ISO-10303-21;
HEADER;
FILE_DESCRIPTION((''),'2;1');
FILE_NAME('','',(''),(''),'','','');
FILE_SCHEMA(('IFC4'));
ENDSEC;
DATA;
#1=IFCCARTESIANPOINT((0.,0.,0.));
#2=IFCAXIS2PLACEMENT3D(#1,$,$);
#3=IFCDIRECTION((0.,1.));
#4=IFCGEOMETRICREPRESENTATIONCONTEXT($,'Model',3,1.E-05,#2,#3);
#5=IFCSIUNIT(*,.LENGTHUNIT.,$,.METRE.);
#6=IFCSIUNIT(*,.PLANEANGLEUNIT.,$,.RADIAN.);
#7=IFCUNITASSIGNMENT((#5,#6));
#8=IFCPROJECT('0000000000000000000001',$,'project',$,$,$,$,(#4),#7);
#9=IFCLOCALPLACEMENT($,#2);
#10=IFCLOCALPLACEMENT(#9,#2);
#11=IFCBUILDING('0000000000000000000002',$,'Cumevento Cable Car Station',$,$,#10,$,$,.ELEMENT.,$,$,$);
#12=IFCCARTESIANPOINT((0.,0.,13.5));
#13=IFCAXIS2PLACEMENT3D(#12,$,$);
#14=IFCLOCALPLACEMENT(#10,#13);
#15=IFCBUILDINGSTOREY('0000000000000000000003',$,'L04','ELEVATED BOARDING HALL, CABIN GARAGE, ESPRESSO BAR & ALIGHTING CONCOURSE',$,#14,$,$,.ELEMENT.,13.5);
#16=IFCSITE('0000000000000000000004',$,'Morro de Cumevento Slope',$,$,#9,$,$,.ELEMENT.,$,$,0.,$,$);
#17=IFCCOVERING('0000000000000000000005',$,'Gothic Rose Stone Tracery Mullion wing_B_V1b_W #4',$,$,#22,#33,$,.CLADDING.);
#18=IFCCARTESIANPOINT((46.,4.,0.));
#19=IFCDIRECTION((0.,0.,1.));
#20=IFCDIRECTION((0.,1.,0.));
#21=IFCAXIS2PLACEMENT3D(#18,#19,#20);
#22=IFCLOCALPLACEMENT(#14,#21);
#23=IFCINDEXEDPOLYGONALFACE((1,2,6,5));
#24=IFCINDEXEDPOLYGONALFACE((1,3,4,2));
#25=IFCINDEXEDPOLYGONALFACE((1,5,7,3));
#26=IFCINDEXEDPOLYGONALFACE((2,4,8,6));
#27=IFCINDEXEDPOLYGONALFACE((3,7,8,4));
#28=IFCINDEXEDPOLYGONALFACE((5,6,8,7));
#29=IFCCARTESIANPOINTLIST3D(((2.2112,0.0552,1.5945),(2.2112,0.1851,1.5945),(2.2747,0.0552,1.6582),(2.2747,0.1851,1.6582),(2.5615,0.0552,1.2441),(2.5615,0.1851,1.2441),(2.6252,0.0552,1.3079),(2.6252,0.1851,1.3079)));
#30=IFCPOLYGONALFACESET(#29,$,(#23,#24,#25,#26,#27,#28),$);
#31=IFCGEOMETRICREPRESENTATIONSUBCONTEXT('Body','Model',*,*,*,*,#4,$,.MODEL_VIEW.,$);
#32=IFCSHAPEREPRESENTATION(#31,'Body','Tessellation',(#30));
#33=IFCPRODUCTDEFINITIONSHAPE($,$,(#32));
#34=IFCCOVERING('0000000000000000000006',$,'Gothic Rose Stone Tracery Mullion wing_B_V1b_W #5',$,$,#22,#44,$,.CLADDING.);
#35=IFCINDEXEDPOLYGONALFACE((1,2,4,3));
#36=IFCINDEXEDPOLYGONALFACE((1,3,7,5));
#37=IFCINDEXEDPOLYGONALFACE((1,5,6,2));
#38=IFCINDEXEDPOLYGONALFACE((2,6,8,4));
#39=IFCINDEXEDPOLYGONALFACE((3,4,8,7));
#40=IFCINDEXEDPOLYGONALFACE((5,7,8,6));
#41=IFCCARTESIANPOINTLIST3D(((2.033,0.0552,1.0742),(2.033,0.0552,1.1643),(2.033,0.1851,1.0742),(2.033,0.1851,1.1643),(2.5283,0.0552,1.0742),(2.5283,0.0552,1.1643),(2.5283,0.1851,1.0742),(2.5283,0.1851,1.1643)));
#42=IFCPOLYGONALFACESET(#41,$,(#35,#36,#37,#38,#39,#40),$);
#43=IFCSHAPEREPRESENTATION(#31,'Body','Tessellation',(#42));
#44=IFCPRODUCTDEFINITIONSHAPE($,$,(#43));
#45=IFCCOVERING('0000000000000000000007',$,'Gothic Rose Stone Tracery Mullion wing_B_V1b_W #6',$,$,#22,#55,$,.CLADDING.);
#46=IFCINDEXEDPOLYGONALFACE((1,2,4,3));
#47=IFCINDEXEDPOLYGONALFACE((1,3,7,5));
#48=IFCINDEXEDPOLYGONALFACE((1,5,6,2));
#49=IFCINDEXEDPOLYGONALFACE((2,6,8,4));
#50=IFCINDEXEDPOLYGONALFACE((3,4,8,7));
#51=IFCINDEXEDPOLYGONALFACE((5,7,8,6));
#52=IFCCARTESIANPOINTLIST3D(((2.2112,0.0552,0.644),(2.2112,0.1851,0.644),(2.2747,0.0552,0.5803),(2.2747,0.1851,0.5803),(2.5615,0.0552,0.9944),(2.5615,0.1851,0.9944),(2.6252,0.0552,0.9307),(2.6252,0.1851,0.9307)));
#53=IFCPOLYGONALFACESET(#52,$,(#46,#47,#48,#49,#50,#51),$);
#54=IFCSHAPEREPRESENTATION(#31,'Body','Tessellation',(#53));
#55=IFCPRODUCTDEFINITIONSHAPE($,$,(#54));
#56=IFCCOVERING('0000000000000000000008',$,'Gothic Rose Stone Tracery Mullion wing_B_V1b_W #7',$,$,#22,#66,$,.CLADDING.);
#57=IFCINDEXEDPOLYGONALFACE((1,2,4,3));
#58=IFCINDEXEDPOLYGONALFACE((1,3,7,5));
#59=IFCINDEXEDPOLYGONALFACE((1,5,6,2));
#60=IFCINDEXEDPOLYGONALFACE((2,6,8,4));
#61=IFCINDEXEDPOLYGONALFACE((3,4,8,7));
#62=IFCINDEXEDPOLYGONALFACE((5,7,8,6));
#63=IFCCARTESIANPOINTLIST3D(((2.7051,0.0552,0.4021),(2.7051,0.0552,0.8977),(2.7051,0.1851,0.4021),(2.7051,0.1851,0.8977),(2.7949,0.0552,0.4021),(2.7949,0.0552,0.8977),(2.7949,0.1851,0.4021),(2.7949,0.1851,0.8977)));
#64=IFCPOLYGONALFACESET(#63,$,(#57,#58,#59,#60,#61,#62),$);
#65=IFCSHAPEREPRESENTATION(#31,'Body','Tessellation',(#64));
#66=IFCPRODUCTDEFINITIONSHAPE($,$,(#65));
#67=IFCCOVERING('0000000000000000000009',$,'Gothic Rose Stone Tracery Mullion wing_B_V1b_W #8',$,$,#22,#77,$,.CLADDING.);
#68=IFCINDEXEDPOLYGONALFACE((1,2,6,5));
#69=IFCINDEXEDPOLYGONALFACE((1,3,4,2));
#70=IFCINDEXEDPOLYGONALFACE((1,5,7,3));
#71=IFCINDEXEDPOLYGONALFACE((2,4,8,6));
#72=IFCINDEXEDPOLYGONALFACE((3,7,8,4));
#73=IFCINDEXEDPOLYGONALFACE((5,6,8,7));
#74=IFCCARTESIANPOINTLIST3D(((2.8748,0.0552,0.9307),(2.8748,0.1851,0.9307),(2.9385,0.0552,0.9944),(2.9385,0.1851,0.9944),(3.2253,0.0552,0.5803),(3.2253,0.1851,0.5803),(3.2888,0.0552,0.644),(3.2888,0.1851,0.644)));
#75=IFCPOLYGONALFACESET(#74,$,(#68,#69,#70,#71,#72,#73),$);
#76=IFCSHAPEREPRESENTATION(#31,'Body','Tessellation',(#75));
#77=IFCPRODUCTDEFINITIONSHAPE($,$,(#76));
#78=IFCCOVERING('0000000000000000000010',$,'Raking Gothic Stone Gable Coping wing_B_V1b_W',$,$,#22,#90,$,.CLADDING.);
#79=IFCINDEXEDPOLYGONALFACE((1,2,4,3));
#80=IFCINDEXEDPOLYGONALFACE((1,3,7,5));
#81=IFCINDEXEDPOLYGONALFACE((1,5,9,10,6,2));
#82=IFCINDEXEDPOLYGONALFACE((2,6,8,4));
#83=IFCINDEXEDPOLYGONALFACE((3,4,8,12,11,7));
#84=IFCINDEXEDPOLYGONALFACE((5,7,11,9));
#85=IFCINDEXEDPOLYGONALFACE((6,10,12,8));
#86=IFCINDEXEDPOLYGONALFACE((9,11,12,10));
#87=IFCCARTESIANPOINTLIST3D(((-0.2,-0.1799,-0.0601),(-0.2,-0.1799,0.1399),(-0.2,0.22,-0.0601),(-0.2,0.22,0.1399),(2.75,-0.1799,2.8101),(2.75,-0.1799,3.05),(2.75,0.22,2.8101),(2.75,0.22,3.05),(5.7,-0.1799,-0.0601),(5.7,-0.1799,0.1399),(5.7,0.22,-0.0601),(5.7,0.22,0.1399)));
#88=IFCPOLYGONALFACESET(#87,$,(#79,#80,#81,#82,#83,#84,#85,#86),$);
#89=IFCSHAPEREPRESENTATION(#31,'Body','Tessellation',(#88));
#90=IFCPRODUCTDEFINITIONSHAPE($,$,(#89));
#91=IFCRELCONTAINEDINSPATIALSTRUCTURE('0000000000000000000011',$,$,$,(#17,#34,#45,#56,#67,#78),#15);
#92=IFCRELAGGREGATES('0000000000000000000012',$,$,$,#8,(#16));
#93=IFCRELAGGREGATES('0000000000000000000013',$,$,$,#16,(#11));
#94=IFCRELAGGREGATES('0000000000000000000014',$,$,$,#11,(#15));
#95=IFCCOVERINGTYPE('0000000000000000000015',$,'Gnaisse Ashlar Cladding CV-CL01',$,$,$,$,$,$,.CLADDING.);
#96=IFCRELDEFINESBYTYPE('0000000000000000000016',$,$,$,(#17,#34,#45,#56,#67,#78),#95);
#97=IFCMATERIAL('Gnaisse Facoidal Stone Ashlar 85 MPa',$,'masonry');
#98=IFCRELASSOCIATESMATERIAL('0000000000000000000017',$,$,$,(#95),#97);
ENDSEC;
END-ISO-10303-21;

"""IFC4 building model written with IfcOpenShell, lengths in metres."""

from ifc_helpers import new_model, si_unit, direction, frame, origin, place, context, subcontext, project, spatial, polyline, outline, extrude, material, type_object, element, save


model = new_model("IFC4")

# Units and contexts
model_context = context("Model", 3, precision=1e-05, world=origin(), true_north=direction((0.0, 1.0)))
body_context = subcontext(model_context, "Body", "Model", "MODEL_VIEW")
ifc_project = project(units=[si_unit("LENGTHUNIT", "METRE"), si_unit("PLANEANGLEUNIT", "RADIAN")], contexts=[model_context])

# Site, building, storey
site_placement = place(None, origin())
site = spatial("IfcSite", under=ifc_project, at=site_placement, Name="Morro de Cumevento Slope", CompositionType="ELEMENT", RefElevation=0.0)
building_placement = place(site_placement, origin())
building = spatial("IfcBuilding", under=site, at=building_placement, Name="Cumevento Cable Car Station", CompositionType="ELEMENT")
storey_placement = place(building_placement, frame((0.0, 0.0, 13.5)))
storey = spatial("IfcBuildingStorey", under=building, at=storey_placement, Name="L04", Description="ELEVATED BOARDING HALL, CABIN GARAGE, ESPRESSO BAR & ALIGHTING CONCOURSE", CompositionType="ELEMENT", Elevation=13.5)

# Coverings
ifc_material_1 = material(Name="Gnaisse Facoidal Stone Ashlar 85 MPa", Category="masonry")
covering_type_1 = type_object("IfcCoveringType", Name="Gnaisse Ashlar Cladding CV-CL01", PredefinedType="CLADDING", material=ifc_material_1)
placement = place(storey_placement, frame((46.0, 4.0, 0.0), z_axis=(0.0, 0.0, 1.0), x_axis=(0.0, 1.0, 0.0)))
element("IfcCovering", 1, at=placement, inside=storey, type_object=covering_type_1, Name="Gothic Rose Stone Tracery Mullion wing_B_V1b_W #4", PredefinedType="CLADDING", context=body_context, shape_type="SweptSolid", body=[
    extrude(outline(polyline([(2.5615, 1.2441), (2.2112, 1.5945), (2.2747, 1.6582), (2.6252, 1.3079), (2.5615, 1.2441)])), frame((0.0, 0.1851, 0.0), z_axis=(0.0, -1.0, 0.0), x_axis=(1.0, 0.0, 0.0)), (0.0, 0.0, 1.0), 0.1299),
])
element("IfcCovering", 2, at=placement, inside=storey, type_object=covering_type_1, Name="Gothic Rose Stone Tracery Mullion wing_B_V1b_W #5", PredefinedType="CLADDING", context=body_context, shape_type="SweptSolid", body=[
    extrude(outline(polyline([(2.5283, 1.0742), (2.033, 1.0742), (2.033, 1.1643), (2.5283, 1.1643), (2.5283, 1.0742)])), frame((0.0, 0.1851, 0.0), z_axis=(0.0, -1.0, 0.0), x_axis=(1.0, 0.0, 0.0)), (0.0, 0.0, 1.0), 0.1299),
])
element("IfcCovering", 3, at=placement, inside=storey, type_object=covering_type_1, Name="Gothic Rose Stone Tracery Mullion wing_B_V1b_W #6", PredefinedType="CLADDING", context=body_context, shape_type="SweptSolid", body=[
    extrude(outline(polyline([(2.6252, 0.9307), (2.2747, 0.5803), (2.2112, 0.644), (2.5615, 0.9944), (2.6252, 0.9307)])), frame((0.0, 0.1851, 0.0), z_axis=(0.0, -1.0, 0.0), x_axis=(1.0, 0.0, 0.0)), (0.0, 0.0, 1.0), 0.1299),
])
element("IfcCovering", 4, at=placement, inside=storey, type_object=covering_type_1, Name="Gothic Rose Stone Tracery Mullion wing_B_V1b_W #7", PredefinedType="CLADDING", context=body_context, shape_type="SweptSolid", body=[
    extrude(outline(polyline([(2.7949, 0.8977), (2.7949, 0.4021), (2.7051, 0.4021), (2.7051, 0.8977), (2.7949, 0.8977)])), frame((0.0, 0.1851, 0.0), z_axis=(0.0, -1.0, 0.0), x_axis=(1.0, 0.0, 0.0)), (0.0, 0.0, 1.0), 0.1299),
])
element("IfcCovering", 5, at=placement, inside=storey, type_object=covering_type_1, Name="Gothic Rose Stone Tracery Mullion wing_B_V1b_W #8", PredefinedType="CLADDING", context=body_context, shape_type="SweptSolid", body=[
    extrude(outline(polyline([(2.9385, 0.9944), (3.2888, 0.644), (3.2253, 0.5803), (2.8748, 0.9307), (2.9385, 0.9944)])), frame((0.0, 0.1851, 0.0), z_axis=(0.0, -1.0, 0.0), x_axis=(1.0, 0.0, 0.0)), (0.0, 0.0, 1.0), 0.1299),
])
element("IfcCovering", 6, at=placement, inside=storey, type_object=covering_type_1, Name="Raking Gothic Stone Gable Coping wing_B_V1b_W", PredefinedType="CLADDING", context=body_context, shape_type="SweptSolid", body=[
    extrude(outline(polyline([(-0.2, -0.0601), (2.75, 2.8101), (5.7, -0.0601), (5.7, 0.1399), (2.75, 3.05), (-0.2, 0.1399), (-0.2, -0.0601)])), frame((0.0, 0.22, 0.0), z_axis=(0.0, -1.0, 0.0), x_axis=(1.0, 0.0, 0.0)), (0.0, 0.0, 1.0), 0.3999),
])

save(model, "model.ifc")
